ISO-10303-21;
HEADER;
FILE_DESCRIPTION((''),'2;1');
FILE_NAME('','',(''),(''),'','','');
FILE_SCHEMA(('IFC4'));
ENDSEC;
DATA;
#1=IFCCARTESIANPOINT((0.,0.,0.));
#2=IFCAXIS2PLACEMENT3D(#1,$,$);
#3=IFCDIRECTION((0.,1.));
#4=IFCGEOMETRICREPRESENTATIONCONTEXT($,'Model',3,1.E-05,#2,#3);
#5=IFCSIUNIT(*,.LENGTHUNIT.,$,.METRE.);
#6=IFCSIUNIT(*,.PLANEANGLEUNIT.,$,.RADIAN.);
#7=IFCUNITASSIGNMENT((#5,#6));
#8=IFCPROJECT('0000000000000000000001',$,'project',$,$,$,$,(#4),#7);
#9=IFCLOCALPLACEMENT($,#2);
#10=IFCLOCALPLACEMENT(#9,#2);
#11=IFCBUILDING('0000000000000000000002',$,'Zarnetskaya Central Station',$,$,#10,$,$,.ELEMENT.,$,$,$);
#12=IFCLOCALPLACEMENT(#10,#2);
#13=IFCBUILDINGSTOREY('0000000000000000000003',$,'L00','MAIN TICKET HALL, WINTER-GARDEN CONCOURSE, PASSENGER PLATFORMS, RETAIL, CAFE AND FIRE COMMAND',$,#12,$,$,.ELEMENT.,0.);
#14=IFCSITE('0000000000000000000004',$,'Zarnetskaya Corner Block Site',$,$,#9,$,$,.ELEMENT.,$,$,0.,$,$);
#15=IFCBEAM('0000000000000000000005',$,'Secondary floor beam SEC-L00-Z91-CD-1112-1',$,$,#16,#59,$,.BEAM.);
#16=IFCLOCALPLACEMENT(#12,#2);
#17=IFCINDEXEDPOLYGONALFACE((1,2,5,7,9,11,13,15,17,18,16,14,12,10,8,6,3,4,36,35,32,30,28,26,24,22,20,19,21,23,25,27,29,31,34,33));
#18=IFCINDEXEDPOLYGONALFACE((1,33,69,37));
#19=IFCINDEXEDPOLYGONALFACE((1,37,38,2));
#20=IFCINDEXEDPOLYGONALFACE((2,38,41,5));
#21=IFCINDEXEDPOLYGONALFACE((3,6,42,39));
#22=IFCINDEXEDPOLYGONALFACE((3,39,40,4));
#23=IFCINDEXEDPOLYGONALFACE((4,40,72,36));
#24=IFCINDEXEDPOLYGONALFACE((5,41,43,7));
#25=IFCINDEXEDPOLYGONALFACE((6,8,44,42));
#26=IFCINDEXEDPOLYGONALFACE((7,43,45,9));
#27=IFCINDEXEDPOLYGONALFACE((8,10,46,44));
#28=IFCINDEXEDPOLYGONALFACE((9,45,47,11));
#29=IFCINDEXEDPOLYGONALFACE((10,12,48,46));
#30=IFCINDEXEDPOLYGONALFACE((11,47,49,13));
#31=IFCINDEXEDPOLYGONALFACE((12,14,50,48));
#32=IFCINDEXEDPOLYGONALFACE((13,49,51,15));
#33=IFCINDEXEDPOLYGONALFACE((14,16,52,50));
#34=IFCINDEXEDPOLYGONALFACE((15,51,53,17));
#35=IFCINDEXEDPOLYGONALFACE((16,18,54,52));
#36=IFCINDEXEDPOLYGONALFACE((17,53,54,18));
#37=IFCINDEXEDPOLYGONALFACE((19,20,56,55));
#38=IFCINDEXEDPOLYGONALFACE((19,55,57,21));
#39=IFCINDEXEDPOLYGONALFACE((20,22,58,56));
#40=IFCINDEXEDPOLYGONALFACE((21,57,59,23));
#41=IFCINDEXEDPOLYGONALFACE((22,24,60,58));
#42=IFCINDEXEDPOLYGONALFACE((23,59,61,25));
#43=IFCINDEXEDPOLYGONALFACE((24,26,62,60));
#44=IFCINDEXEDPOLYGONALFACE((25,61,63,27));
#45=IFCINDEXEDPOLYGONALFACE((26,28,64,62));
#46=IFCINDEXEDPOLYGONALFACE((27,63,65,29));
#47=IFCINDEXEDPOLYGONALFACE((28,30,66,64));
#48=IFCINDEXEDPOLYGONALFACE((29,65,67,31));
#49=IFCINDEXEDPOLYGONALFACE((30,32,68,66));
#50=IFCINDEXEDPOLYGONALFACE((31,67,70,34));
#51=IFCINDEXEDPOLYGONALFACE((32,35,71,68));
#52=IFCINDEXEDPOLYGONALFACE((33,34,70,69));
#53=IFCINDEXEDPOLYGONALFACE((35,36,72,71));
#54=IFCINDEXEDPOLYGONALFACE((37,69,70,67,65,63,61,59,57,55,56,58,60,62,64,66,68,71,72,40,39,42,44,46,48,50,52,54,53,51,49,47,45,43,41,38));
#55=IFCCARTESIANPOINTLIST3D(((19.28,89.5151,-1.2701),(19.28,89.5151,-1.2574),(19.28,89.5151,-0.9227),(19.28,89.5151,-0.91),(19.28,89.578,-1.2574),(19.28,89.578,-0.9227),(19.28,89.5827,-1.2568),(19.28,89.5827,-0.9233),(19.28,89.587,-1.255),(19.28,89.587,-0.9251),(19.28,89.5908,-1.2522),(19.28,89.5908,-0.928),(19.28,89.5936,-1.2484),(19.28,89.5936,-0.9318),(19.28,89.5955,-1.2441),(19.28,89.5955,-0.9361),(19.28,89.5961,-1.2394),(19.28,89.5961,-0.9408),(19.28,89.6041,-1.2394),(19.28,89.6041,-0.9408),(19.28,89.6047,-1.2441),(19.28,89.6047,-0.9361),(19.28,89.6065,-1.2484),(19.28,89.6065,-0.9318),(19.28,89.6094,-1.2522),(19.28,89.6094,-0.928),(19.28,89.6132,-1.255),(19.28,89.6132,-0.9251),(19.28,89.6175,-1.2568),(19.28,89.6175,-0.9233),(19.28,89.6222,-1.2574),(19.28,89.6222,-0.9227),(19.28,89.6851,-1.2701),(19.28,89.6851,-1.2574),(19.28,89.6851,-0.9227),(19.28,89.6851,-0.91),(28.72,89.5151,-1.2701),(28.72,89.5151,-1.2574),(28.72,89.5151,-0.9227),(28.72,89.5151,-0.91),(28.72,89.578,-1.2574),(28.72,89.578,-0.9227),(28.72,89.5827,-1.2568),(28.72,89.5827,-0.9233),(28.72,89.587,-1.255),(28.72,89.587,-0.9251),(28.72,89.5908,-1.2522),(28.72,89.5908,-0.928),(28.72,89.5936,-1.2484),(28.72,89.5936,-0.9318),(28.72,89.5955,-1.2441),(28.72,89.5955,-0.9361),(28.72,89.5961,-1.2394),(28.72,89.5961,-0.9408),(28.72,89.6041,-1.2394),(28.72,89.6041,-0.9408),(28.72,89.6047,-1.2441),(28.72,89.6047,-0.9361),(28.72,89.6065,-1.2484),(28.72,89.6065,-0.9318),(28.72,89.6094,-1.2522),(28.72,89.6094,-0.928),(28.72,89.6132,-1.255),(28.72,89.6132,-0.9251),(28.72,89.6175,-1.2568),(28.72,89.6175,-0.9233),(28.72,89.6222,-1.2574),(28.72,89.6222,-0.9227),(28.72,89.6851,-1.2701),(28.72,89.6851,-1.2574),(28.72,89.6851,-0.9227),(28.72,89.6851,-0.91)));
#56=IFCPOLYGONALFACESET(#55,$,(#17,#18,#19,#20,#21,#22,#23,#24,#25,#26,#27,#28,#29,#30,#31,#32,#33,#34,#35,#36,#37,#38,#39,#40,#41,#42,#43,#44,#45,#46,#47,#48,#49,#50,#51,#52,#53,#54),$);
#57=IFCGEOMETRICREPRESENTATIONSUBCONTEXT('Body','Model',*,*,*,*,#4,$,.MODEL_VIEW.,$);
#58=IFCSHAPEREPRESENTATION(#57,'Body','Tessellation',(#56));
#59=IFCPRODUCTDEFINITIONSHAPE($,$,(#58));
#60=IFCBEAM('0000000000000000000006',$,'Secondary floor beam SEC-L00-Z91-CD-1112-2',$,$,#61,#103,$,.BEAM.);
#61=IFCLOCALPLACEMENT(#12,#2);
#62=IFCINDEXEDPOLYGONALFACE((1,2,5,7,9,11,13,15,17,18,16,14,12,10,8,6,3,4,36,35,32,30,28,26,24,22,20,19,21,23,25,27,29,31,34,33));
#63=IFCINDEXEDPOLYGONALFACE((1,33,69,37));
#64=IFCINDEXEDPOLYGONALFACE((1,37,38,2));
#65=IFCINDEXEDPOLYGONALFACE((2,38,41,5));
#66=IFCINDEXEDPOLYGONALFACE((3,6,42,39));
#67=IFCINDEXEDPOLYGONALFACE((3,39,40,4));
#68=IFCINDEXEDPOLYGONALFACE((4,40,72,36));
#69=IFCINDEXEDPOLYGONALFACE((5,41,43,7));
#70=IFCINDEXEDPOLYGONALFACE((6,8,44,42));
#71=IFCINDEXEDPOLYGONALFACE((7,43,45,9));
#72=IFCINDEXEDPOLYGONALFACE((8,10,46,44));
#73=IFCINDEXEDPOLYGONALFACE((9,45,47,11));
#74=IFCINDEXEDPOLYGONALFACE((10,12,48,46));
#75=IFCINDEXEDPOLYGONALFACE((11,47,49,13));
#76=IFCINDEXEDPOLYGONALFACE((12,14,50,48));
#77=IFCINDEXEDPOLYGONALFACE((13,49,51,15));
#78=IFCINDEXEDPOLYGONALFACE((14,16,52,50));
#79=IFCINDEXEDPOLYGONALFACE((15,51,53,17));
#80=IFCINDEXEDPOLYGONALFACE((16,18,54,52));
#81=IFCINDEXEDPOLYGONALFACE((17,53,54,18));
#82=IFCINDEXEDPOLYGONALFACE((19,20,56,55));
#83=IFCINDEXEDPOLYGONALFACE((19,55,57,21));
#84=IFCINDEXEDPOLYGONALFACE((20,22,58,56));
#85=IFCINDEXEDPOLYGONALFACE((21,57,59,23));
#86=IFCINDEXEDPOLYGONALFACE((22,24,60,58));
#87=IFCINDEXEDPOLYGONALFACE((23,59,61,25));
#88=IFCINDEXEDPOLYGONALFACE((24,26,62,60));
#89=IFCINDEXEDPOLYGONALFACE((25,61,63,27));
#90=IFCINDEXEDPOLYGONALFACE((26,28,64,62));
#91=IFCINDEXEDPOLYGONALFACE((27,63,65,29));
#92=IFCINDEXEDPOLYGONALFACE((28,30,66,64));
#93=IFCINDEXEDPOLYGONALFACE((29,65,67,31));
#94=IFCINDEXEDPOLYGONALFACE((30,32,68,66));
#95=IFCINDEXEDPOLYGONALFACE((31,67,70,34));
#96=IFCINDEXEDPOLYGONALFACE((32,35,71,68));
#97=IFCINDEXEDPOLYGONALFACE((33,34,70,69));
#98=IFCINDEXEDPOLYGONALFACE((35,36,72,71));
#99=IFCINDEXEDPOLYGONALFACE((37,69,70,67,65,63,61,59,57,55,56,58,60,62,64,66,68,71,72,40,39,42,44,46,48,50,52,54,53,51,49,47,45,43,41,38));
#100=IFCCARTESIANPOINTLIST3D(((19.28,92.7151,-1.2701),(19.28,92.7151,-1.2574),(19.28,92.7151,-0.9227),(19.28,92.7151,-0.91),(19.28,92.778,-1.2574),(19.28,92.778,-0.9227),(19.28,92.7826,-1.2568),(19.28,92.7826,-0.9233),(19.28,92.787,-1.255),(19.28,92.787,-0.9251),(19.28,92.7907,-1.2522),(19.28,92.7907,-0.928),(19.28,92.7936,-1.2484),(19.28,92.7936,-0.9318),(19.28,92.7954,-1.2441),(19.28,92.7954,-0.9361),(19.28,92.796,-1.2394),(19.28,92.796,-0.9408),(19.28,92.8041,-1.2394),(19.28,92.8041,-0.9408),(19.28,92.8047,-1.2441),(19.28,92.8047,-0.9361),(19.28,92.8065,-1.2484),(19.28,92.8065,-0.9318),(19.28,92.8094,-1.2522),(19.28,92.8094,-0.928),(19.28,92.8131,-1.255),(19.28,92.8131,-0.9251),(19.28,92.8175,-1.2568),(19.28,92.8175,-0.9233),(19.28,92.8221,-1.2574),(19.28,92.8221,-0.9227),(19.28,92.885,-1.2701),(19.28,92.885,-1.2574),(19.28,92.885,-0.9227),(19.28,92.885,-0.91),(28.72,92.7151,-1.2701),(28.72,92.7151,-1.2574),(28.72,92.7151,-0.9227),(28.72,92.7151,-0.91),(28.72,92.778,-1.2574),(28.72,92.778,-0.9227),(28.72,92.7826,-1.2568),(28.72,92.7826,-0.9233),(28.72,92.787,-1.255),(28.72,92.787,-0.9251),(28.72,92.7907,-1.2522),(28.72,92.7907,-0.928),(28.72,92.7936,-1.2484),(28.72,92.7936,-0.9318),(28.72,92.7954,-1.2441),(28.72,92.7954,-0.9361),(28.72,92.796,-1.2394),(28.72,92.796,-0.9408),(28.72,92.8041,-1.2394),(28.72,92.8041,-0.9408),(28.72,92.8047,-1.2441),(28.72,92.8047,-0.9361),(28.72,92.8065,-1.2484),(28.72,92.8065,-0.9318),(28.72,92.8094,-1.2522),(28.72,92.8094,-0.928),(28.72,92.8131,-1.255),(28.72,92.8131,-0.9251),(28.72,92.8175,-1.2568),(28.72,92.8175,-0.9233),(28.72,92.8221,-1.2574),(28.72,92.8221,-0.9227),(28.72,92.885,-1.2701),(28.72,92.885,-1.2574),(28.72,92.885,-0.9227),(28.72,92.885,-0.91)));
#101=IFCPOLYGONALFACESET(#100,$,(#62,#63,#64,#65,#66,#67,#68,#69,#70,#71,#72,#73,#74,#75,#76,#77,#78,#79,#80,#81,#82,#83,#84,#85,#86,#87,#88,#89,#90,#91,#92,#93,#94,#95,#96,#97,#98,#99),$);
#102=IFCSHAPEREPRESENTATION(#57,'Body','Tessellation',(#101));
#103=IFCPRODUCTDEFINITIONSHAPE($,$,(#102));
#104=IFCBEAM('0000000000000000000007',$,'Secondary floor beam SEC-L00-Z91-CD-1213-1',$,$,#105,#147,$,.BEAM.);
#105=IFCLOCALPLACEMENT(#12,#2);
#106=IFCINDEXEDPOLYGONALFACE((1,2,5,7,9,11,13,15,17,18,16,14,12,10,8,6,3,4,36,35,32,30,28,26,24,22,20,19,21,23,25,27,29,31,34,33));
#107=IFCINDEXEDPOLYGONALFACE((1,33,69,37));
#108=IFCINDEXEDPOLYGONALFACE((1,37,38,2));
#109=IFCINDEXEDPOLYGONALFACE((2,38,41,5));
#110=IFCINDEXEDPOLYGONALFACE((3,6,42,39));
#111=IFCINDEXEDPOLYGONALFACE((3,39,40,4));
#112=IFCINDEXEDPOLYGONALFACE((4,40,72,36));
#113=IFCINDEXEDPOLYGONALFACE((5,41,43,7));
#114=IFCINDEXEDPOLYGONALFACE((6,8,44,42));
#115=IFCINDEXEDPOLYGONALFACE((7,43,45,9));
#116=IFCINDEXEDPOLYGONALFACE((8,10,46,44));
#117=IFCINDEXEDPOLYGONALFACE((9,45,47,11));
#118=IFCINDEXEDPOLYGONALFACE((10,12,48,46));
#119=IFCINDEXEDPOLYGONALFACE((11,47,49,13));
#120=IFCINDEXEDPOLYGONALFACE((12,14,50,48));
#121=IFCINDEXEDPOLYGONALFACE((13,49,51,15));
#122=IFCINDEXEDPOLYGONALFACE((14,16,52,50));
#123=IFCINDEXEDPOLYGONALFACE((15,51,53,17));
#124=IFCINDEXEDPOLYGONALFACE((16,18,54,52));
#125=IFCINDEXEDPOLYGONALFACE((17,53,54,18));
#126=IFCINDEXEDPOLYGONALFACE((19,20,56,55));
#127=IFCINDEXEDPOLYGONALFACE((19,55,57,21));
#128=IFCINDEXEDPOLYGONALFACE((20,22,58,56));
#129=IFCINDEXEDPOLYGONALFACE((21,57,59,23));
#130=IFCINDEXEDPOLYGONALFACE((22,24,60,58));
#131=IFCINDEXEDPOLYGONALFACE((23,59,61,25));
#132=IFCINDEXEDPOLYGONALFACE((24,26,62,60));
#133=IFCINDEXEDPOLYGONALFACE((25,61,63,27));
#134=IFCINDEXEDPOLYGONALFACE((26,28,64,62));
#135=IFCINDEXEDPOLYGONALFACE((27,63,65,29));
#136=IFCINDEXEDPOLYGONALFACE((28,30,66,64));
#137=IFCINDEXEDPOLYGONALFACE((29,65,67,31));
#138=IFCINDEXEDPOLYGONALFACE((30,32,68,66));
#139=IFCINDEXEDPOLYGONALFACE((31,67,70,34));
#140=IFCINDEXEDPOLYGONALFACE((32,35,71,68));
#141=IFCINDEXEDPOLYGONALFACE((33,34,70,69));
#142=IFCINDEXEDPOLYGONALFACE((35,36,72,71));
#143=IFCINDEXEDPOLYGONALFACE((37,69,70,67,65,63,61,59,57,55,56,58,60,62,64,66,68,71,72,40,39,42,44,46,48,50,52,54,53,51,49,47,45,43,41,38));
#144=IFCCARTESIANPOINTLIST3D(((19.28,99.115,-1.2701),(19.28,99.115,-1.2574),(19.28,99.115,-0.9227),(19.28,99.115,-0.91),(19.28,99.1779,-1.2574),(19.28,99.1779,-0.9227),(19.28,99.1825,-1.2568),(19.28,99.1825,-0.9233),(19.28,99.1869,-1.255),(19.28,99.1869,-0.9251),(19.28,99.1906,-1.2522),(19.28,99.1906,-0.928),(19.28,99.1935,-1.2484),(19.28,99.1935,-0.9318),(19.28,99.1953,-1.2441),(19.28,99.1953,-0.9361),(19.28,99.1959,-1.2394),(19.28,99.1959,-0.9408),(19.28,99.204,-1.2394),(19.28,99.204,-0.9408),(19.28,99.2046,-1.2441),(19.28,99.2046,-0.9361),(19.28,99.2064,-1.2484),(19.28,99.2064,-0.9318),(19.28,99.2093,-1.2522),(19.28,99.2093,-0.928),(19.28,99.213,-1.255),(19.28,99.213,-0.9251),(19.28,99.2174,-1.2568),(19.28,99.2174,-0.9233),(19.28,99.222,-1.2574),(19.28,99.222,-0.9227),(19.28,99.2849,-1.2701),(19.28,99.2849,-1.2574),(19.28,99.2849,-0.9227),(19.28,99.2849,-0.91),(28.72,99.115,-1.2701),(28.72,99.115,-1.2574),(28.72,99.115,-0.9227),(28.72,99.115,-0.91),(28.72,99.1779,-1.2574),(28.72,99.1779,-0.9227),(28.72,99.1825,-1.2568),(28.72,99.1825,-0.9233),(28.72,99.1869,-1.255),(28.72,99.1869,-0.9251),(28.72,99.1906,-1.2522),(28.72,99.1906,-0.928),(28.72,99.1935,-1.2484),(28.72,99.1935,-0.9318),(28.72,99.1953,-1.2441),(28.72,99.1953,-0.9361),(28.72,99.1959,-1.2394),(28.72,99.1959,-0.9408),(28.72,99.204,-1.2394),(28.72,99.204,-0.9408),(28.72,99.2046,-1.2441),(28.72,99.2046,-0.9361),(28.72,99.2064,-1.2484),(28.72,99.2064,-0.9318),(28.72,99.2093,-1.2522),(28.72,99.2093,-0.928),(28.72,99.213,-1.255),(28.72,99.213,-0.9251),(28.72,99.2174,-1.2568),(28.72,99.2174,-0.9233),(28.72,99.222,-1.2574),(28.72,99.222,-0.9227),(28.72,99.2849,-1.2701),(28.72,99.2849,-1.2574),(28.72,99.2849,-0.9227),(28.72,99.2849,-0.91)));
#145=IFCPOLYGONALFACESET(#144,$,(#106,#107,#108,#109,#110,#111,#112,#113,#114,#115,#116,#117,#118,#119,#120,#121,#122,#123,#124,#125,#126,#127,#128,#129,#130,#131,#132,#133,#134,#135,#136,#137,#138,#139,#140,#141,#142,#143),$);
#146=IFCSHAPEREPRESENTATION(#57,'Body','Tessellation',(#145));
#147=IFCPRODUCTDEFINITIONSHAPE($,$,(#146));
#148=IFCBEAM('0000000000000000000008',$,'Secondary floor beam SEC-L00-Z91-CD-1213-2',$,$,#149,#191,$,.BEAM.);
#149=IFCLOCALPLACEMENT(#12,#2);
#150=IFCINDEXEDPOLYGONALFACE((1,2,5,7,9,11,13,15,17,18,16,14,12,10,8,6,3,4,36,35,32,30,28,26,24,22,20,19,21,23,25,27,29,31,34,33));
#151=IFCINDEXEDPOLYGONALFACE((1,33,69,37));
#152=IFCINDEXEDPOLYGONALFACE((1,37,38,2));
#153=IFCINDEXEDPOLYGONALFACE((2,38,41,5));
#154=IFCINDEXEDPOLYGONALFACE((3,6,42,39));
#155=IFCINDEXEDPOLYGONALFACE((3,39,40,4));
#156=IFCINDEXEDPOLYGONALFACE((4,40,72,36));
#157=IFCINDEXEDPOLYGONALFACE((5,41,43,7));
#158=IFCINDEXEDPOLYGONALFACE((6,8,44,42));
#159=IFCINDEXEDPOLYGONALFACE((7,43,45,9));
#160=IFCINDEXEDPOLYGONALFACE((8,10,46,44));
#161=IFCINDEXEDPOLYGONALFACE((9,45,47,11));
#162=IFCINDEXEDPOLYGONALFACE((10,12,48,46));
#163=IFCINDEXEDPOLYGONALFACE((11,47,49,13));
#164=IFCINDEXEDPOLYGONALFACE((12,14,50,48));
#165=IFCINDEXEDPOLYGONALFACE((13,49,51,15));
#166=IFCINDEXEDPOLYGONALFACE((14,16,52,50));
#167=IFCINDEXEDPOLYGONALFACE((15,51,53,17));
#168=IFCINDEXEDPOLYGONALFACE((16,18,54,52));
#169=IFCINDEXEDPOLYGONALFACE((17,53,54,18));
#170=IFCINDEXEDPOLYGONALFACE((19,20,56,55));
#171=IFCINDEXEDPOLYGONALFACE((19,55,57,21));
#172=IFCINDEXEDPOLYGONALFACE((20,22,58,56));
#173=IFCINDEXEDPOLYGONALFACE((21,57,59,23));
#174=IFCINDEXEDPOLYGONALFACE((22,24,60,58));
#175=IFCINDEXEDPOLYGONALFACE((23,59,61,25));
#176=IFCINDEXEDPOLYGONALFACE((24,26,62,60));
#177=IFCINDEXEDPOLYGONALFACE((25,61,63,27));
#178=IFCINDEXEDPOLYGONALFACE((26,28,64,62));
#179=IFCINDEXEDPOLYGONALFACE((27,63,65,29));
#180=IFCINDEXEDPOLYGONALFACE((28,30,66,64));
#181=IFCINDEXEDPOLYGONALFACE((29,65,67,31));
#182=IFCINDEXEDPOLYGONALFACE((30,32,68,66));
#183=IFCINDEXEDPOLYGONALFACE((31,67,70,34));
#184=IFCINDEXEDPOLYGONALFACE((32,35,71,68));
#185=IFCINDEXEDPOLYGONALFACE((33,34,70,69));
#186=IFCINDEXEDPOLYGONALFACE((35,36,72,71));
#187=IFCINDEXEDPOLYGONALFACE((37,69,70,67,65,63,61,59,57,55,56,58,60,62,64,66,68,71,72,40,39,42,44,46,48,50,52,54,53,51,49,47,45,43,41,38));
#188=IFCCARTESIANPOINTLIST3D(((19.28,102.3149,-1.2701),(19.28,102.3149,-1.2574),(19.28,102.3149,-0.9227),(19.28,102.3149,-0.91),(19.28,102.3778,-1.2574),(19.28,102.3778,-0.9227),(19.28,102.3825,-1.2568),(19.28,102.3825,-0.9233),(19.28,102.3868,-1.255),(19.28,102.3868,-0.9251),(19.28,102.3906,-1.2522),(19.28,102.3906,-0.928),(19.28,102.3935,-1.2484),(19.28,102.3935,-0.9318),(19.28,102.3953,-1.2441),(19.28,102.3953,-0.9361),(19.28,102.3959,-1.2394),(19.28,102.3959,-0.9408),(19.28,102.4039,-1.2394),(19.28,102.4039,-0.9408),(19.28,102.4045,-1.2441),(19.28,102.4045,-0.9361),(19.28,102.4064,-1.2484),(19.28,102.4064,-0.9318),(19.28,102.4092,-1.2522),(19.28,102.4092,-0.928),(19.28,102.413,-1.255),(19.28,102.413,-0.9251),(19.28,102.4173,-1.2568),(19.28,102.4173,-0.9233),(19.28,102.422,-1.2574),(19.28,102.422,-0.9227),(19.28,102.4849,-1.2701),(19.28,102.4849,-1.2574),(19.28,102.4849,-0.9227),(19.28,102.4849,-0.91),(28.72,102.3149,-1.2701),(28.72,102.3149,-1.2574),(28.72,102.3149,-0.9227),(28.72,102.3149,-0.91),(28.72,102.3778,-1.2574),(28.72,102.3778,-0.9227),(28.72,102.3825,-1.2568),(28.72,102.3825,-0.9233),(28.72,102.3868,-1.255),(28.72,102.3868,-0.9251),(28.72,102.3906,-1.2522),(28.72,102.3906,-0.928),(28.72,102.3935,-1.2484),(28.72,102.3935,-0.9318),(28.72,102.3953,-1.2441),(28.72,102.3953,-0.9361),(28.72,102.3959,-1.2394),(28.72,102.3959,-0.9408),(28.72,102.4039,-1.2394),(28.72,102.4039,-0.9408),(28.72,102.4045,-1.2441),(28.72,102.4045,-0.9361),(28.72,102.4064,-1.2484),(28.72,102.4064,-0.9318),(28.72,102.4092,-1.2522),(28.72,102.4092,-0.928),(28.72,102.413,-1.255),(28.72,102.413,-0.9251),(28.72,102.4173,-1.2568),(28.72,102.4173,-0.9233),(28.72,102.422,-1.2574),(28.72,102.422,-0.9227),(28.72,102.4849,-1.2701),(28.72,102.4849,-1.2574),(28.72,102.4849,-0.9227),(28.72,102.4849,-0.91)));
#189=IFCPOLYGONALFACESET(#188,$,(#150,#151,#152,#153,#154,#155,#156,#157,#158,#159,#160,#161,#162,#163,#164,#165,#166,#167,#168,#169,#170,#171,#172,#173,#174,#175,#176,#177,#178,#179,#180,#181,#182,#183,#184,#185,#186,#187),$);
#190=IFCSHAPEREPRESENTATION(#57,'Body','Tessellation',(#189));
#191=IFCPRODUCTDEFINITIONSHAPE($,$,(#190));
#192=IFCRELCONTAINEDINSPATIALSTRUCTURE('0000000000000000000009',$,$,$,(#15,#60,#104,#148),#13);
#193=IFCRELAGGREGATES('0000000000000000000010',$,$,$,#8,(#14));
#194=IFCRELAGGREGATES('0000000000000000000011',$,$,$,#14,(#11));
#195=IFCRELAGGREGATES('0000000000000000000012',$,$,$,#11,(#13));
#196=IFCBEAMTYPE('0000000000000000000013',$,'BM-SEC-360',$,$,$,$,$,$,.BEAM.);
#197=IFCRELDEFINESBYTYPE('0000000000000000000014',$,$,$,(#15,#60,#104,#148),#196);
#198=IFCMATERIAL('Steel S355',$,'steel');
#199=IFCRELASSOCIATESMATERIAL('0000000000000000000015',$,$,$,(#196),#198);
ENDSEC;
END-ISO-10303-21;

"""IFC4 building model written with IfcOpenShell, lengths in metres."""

from ifc_helpers import new_model, si_unit, direction, frame, origin, origin_2d, place, context, subcontext, project, spatial, i_section, extrude, material, material_profile, profile_set, type_object, element, save


model = new_model("IFC4")

# Units and contexts
model_context = context("Model", 3, precision=1e-05, world=origin(), true_north=direction((0.0, 1.0)))
body_context = subcontext(model_context, "Body", "Model", "MODEL_VIEW")
ifc_project = project(units=[si_unit("LENGTHUNIT", "METRE"), si_unit("PLANEANGLEUNIT", "RADIAN")], contexts=[model_context])

# Site, building, storey
site_placement = place(None, origin())
site = spatial("IfcSite", under=ifc_project, at=site_placement, Name="Zarnetskaya Corner Block Site", CompositionType="ELEMENT", RefElevation=0.0)
building_placement = place(site_placement, origin())
building = spatial("IfcBuilding", under=site, at=building_placement, Name="Zarnetskaya Central Station", CompositionType="ELEMENT")
storey_placement = place(building_placement, origin())
storey = spatial("IfcBuildingStorey", under=building, at=storey_placement, Name="L00", Description="MAIN TICKET HALL, WINTER-GARDEN CONCOURSE, PASSENGER PLATFORMS, RETAIL, CAFE AND FIRE COMMAND", CompositionType="ELEMENT", Elevation=0.0)

# Shared definitions
ifc_material = material(Name="Steel S355", Category="steel")

# Beams
ifc_material_profile_1 = material_profile(ifc_material, i_section(OverallWidth=0.1699, OverallDepth=0.3601, WebThickness=0.0081, FlangeThickness=0.0127, FilletRadius=0.0181, at=origin_2d()), Name="IPE 360")
ifc_profile_set_1 = profile_set([ifc_material_profile_1], Name="Steel S355")
beam_type_1 = type_object("IfcBeamType", Name="BM-SEC-360", PredefinedType="BEAM", material=ifc_profile_set_1)
for number, where, z_axis, x_axis, name in (
    (1, (19.28, 89.6001, -1.0901), (1.0, 0.0, 0.0), (0.0, 1.0, 0.0), "Secondary floor beam SEC-L00-Z91-CD-1112-1"),
    (2, (19.28, 92.8, -1.0901), (1.0, 0.0, 0.0), (0.0, 1.0, 0.0), "Secondary floor beam SEC-L00-Z91-CD-1112-2"),
    (3, (19.28, 99.2, -1.0901), (1.0, 0.0, 0.0), (0.0, 1.0, 0.0), "Secondary floor beam SEC-L00-Z91-CD-1213-1"),
    (4, (19.28, 102.3999, -1.0901), (1.0, 0.0, 0.0), (0.0, 1.0, 0.0), "Secondary floor beam SEC-L00-Z91-CD-1213-2"),
):
    element("IfcBeam", number, at=place(storey_placement, frame(where, z_axis=z_axis, x_axis=x_axis)), inside=storey, type_object=beam_type_1, Name=name, PredefinedType="BEAM", context=body_context, shape_type="SweptSolid", body=[
        extrude(i_section(OverallWidth=0.1699, OverallDepth=0.3601, WebThickness=0.0081, FlangeThickness=0.0127, FilletRadius=0.0181, at=origin_2d()), origin(), (0.0, 0.0, 1.0), 9.4399),
    ])

save(model, "model.ifc")
